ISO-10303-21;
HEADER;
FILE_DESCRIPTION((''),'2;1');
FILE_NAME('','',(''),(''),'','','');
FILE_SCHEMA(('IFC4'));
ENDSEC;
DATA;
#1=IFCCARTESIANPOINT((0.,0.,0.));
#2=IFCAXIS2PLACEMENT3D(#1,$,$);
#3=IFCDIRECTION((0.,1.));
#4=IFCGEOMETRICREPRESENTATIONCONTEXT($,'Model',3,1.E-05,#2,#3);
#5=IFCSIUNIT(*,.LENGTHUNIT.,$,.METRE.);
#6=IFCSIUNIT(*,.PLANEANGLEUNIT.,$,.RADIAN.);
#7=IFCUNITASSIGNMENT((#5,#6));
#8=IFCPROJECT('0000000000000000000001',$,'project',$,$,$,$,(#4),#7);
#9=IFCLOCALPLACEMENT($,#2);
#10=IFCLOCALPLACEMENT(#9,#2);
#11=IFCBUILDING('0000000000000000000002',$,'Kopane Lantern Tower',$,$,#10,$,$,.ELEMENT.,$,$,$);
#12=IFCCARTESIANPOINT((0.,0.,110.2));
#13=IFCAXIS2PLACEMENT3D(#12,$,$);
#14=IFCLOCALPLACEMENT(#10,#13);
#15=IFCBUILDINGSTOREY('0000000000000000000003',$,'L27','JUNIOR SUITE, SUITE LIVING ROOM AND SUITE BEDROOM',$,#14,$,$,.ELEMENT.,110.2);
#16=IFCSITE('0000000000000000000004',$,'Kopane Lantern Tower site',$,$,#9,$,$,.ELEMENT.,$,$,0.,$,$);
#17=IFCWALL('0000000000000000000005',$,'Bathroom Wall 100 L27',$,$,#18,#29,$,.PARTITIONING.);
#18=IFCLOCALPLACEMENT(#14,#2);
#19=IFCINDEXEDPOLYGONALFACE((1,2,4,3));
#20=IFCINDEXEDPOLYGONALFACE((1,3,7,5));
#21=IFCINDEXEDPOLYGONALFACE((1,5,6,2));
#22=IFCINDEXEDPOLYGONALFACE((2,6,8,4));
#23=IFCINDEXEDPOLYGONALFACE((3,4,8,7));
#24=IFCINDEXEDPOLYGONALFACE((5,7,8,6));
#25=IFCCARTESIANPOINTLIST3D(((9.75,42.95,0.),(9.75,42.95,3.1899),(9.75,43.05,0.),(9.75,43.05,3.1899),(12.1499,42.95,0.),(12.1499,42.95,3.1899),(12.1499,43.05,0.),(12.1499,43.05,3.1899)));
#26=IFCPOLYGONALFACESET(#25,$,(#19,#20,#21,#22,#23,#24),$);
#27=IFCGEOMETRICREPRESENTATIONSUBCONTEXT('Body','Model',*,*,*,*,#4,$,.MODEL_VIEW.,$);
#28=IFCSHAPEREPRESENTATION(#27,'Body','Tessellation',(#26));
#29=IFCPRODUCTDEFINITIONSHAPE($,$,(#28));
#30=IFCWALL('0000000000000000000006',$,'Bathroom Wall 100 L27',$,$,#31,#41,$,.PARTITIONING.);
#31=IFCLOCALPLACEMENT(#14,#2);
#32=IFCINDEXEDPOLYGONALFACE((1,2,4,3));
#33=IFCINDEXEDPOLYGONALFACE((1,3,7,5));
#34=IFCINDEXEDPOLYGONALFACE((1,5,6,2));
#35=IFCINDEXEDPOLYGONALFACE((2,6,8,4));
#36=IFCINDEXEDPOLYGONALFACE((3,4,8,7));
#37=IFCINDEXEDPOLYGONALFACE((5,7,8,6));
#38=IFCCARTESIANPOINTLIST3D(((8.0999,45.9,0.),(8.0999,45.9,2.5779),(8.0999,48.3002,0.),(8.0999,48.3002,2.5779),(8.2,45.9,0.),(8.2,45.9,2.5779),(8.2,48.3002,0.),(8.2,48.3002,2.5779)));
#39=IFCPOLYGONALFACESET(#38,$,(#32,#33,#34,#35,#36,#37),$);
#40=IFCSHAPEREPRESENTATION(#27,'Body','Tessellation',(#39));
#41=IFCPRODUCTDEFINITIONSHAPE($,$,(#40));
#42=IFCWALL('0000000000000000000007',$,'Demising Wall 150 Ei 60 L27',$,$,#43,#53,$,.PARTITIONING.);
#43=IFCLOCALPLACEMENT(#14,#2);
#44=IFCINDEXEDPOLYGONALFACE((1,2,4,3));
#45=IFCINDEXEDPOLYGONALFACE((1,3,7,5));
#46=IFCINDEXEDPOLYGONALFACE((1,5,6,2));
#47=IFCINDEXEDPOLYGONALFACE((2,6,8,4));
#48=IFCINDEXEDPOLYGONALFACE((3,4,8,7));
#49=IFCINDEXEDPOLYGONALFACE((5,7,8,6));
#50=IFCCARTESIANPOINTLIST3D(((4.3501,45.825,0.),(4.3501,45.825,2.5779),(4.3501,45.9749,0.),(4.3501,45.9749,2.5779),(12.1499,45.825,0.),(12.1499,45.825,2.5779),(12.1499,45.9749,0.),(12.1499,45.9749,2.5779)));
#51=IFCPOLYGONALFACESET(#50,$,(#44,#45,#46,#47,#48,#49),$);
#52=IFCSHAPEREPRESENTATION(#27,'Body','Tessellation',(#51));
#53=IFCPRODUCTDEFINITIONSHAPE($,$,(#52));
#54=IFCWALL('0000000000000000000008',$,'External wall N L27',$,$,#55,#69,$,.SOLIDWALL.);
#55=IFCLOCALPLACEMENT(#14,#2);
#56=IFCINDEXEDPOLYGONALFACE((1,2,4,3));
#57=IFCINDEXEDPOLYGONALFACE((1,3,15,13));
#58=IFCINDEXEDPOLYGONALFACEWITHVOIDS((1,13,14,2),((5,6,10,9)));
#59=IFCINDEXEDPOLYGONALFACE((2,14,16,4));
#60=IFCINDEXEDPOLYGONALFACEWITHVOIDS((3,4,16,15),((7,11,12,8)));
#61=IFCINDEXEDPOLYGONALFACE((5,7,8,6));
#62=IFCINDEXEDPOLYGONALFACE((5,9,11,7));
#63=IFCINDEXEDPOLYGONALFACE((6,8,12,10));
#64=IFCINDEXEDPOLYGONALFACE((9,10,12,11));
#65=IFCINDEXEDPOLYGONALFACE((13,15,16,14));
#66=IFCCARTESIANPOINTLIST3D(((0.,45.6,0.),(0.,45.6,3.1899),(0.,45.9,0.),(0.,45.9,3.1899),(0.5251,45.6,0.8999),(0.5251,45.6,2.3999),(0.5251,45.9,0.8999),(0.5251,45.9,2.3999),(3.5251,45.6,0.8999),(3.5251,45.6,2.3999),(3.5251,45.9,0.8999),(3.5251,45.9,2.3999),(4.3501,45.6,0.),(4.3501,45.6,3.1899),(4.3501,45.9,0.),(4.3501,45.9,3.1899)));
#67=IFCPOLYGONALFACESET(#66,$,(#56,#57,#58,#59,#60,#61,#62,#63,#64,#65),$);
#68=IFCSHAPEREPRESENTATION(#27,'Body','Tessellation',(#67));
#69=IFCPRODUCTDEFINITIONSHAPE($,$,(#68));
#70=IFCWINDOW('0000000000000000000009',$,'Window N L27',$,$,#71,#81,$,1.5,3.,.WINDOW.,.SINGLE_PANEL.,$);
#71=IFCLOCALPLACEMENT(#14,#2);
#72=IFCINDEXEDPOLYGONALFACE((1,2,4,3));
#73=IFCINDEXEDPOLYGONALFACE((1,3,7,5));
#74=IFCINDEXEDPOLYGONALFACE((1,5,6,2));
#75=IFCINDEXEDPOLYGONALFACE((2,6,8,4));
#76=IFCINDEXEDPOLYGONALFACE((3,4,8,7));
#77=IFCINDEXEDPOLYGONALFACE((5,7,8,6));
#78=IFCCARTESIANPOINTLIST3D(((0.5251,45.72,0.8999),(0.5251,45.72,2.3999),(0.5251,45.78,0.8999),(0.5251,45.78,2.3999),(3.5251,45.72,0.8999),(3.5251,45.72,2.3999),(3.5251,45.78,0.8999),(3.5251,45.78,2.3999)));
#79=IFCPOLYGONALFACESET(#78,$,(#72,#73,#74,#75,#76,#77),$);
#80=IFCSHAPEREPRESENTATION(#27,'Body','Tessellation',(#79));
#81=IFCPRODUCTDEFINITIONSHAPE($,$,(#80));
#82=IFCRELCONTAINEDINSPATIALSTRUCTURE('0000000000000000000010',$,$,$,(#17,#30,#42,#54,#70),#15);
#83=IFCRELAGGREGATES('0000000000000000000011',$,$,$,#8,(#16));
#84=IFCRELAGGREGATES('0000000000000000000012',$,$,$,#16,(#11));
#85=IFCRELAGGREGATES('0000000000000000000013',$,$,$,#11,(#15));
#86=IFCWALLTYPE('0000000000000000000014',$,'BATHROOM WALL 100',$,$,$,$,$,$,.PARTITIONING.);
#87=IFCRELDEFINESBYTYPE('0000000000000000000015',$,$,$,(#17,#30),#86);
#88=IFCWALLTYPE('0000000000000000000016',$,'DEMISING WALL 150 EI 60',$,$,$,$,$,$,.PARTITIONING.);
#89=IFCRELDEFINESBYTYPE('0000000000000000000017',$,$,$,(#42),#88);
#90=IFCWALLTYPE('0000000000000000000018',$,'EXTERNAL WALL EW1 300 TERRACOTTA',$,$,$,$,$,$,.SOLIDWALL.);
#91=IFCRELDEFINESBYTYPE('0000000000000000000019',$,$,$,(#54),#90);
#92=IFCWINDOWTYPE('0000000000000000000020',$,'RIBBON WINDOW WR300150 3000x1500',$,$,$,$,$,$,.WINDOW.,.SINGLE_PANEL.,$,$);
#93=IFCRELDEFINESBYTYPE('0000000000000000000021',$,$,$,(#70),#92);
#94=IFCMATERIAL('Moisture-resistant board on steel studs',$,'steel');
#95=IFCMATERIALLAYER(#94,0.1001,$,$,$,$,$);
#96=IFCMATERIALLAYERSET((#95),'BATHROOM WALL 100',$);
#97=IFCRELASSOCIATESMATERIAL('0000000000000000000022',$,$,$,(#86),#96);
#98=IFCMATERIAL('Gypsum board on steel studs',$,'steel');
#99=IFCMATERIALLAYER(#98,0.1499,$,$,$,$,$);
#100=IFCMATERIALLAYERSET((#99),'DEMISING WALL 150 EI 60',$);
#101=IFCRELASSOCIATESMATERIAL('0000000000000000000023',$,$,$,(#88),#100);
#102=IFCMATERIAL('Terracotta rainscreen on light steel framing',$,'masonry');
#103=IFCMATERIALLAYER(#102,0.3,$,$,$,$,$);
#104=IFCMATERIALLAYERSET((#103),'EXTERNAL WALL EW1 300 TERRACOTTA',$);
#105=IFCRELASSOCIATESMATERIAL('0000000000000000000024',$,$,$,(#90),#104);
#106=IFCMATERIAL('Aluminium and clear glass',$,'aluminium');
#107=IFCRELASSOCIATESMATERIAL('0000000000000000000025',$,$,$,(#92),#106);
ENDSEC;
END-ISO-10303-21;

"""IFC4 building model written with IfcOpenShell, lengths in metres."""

from ifc_helpers import new_model, si_unit, direction, frame, frame_2d, origin, place, context, subcontext, project, spatial, rectangle, extrude, material, layer, layer_set, type_object, element, fill, save


model = new_model("IFC4")

# Units and contexts
model_context = context("Model", 3, precision=1e-05, world=origin(), true_north=direction((0.0, 1.0)))
body_context = subcontext(model_context, "Body", "Model", "MODEL_VIEW")
ifc_project = project(units=[si_unit("LENGTHUNIT", "METRE"), si_unit("PLANEANGLEUNIT", "RADIAN")], contexts=[model_context])

# Site, building, storey
site_placement = place(None, origin())
site = spatial("IfcSite", under=ifc_project, at=site_placement, Name="Kopane Lantern Tower site", CompositionType="ELEMENT", RefElevation=0.0)
building_placement = place(site_placement, origin())
building = spatial("IfcBuilding", under=site, at=building_placement, Name="Kopane Lantern Tower", CompositionType="ELEMENT")
storey_placement = place(building_placement, frame((0.0, 0.0, 110.2)))
storey = spatial("IfcBuildingStorey", under=building, at=storey_placement, Name="L27", Description="JUNIOR SUITE, SUITE LIVING ROOM AND SUITE BEDROOM", CompositionType="ELEMENT", Elevation=110.2)

# Walls
ifc_material_1 = material(Name="Moisture-resistant board on steel studs", Category="steel")
ifc_layer_1 = layer(ifc_material_1, 0.1001)
ifc_layer_set_1 = layer_set([ifc_layer_1], Name="BATHROOM WALL 100")
wall_type_1 = type_object("IfcWallType", Name="BATHROOM WALL 100", PredefinedType="PARTITIONING", material=ifc_layer_set_1)
for number, where, z_axis, x_axis, name in (
    (1, (12.1499, 43.0, 0.0), (0.0, 0.0, 1.0), (-1.0, 0.0, 0.0), "Bathroom Wall 100 L27"),
):
    element("IfcWall", number, at=place(storey_placement, frame(where, z_axis=z_axis, x_axis=x_axis)), inside=storey, type_object=wall_type_1, Name=name, PredefinedType="PARTITIONING", context=body_context, shape_type="SweptSolid", body=[
        extrude(rectangle(XDim=2.3999, YDim=0.1001, at=frame_2d((1.2, 0.0))), origin(), (0.0, 0.0, 1.0), 3.1899),
    ])
wall_1_placement = place(storey_placement, frame((8.1499, 45.8999, 0.0), z_axis=(0.0, 0.0, 1.0), x_axis=(0.0, 1.0, 0.0)))
element("IfcWall", 2, at=wall_1_placement, inside=storey, type_object=wall_type_1, Name="Bathroom Wall 100 L27", PredefinedType="PARTITIONING", context=body_context, shape_type="SweptSolid", body=[
    extrude(rectangle(XDim=2.4001, YDim=0.1001, at=frame_2d((1.2002, 0.0))), origin(), (0.0, 0.0, 1.0), 2.5779),
])
ifc_material_2 = material(Name="Gypsum board on steel studs", Category="steel")
ifc_layer_2 = layer(ifc_material_2, 0.1499)
ifc_layer_set_2 = layer_set([ifc_layer_2], Name="DEMISING WALL 150 EI 60")
wall_type_2 = type_object("IfcWallType", Name="DEMISING WALL 150 EI 60", PredefinedType="PARTITIONING", material=ifc_layer_set_2)
wall_2_placement = place(storey_placement, frame((4.3501, 45.8999, 0.0), z_axis=(0.0, 0.0, 1.0), x_axis=(1.0, 0.0, 0.0)))
element("IfcWall", 3, at=wall_2_placement, inside=storey, type_object=wall_type_2, Name="Demising Wall 150 Ei 60 L27", PredefinedType="PARTITIONING", context=body_context, shape_type="SweptSolid", body=[
    extrude(rectangle(XDim=7.7998, YDim=0.1499, at=frame_2d((3.8999, 0.0))), origin(), (0.0, 0.0, 1.0), 2.5779),
])

# Wall, opening, window
ifc_material_3 = material(Name="Terracotta rainscreen on light steel framing", Category="masonry")
ifc_layer_3 = layer(ifc_material_3, 0.3)
ifc_layer_set_3 = layer_set([ifc_layer_3], Name="EXTERNAL WALL EW1 300 TERRACOTTA")
wall_type_3 = type_object("IfcWallType", Name="EXTERNAL WALL EW1 300 TERRACOTTA", PredefinedType="SOLIDWALL", material=ifc_layer_set_3)
wall_3_placement = place(storey_placement, frame((4.3501, 45.75, 0.0), z_axis=(0.0, 0.0, 1.0), x_axis=(-1.0, 0.0, 0.0)))
wall_3 = element("IfcWall", 4, at=wall_3_placement, inside=storey, type_object=wall_type_3, Name="External wall N L27", PredefinedType="SOLIDWALL", context=body_context, shape_type="SweptSolid", body=[
    extrude(rectangle(XDim=4.3501, YDim=0.3, at=frame_2d((2.175, 0.0))), origin(), (0.0, 0.0, 1.0), 3.1899),
])
opening_1_placement = place(wall_3_placement, frame((0.825, 0.0, 0.8999)))
opening_1 = element("IfcOpeningElement", 5, at=opening_1_placement, cuts=wall_3, PredefinedType="OPENING", context=body_context, shape_type="SweptSolid", body=[
    extrude(rectangle(XDim=3.0, YDim=1.5, at=frame_2d((1.5, 0.75))), frame((0.0, 0.1599, 0.0), z_axis=(0.0, -1.0, 0.0), x_axis=(1.0, 0.0, 0.0)), (0.0, 0.0, 1.0), 0.3201),
])
ifc_material_4 = material(Name="Aluminium and clear glass", Category="aluminium")
window_type_1 = type_object("IfcWindowType", Name="RIBBON WINDOW WR300150 3000x1500", PartitioningType="SINGLE_PANEL", PredefinedType="WINDOW", material=ifc_material_4)
window_1_placement = place(opening_1_placement, origin())
window_1 = element("IfcWindow", 6, at=window_1_placement, inside=storey, type_object=window_type_1, Name="Window N L27", OverallHeight=1.5, OverallWidth=3.0, PartitioningType="SINGLE_PANEL", PredefinedType="WINDOW", context=body_context, shape_type="SweptSolid", body=[
    extrude(rectangle(XDim=3.0, YDim=1.5, at=frame_2d((1.5, 0.75))), frame((0.0, 0.03, 0.0), z_axis=(0.0, -1.0, 0.0), x_axis=(1.0, 0.0, 0.0)), (0.0, 0.0, 1.0), 0.0601),
])
fill(opening_1, window_1)

save(model, "model.ifc")
